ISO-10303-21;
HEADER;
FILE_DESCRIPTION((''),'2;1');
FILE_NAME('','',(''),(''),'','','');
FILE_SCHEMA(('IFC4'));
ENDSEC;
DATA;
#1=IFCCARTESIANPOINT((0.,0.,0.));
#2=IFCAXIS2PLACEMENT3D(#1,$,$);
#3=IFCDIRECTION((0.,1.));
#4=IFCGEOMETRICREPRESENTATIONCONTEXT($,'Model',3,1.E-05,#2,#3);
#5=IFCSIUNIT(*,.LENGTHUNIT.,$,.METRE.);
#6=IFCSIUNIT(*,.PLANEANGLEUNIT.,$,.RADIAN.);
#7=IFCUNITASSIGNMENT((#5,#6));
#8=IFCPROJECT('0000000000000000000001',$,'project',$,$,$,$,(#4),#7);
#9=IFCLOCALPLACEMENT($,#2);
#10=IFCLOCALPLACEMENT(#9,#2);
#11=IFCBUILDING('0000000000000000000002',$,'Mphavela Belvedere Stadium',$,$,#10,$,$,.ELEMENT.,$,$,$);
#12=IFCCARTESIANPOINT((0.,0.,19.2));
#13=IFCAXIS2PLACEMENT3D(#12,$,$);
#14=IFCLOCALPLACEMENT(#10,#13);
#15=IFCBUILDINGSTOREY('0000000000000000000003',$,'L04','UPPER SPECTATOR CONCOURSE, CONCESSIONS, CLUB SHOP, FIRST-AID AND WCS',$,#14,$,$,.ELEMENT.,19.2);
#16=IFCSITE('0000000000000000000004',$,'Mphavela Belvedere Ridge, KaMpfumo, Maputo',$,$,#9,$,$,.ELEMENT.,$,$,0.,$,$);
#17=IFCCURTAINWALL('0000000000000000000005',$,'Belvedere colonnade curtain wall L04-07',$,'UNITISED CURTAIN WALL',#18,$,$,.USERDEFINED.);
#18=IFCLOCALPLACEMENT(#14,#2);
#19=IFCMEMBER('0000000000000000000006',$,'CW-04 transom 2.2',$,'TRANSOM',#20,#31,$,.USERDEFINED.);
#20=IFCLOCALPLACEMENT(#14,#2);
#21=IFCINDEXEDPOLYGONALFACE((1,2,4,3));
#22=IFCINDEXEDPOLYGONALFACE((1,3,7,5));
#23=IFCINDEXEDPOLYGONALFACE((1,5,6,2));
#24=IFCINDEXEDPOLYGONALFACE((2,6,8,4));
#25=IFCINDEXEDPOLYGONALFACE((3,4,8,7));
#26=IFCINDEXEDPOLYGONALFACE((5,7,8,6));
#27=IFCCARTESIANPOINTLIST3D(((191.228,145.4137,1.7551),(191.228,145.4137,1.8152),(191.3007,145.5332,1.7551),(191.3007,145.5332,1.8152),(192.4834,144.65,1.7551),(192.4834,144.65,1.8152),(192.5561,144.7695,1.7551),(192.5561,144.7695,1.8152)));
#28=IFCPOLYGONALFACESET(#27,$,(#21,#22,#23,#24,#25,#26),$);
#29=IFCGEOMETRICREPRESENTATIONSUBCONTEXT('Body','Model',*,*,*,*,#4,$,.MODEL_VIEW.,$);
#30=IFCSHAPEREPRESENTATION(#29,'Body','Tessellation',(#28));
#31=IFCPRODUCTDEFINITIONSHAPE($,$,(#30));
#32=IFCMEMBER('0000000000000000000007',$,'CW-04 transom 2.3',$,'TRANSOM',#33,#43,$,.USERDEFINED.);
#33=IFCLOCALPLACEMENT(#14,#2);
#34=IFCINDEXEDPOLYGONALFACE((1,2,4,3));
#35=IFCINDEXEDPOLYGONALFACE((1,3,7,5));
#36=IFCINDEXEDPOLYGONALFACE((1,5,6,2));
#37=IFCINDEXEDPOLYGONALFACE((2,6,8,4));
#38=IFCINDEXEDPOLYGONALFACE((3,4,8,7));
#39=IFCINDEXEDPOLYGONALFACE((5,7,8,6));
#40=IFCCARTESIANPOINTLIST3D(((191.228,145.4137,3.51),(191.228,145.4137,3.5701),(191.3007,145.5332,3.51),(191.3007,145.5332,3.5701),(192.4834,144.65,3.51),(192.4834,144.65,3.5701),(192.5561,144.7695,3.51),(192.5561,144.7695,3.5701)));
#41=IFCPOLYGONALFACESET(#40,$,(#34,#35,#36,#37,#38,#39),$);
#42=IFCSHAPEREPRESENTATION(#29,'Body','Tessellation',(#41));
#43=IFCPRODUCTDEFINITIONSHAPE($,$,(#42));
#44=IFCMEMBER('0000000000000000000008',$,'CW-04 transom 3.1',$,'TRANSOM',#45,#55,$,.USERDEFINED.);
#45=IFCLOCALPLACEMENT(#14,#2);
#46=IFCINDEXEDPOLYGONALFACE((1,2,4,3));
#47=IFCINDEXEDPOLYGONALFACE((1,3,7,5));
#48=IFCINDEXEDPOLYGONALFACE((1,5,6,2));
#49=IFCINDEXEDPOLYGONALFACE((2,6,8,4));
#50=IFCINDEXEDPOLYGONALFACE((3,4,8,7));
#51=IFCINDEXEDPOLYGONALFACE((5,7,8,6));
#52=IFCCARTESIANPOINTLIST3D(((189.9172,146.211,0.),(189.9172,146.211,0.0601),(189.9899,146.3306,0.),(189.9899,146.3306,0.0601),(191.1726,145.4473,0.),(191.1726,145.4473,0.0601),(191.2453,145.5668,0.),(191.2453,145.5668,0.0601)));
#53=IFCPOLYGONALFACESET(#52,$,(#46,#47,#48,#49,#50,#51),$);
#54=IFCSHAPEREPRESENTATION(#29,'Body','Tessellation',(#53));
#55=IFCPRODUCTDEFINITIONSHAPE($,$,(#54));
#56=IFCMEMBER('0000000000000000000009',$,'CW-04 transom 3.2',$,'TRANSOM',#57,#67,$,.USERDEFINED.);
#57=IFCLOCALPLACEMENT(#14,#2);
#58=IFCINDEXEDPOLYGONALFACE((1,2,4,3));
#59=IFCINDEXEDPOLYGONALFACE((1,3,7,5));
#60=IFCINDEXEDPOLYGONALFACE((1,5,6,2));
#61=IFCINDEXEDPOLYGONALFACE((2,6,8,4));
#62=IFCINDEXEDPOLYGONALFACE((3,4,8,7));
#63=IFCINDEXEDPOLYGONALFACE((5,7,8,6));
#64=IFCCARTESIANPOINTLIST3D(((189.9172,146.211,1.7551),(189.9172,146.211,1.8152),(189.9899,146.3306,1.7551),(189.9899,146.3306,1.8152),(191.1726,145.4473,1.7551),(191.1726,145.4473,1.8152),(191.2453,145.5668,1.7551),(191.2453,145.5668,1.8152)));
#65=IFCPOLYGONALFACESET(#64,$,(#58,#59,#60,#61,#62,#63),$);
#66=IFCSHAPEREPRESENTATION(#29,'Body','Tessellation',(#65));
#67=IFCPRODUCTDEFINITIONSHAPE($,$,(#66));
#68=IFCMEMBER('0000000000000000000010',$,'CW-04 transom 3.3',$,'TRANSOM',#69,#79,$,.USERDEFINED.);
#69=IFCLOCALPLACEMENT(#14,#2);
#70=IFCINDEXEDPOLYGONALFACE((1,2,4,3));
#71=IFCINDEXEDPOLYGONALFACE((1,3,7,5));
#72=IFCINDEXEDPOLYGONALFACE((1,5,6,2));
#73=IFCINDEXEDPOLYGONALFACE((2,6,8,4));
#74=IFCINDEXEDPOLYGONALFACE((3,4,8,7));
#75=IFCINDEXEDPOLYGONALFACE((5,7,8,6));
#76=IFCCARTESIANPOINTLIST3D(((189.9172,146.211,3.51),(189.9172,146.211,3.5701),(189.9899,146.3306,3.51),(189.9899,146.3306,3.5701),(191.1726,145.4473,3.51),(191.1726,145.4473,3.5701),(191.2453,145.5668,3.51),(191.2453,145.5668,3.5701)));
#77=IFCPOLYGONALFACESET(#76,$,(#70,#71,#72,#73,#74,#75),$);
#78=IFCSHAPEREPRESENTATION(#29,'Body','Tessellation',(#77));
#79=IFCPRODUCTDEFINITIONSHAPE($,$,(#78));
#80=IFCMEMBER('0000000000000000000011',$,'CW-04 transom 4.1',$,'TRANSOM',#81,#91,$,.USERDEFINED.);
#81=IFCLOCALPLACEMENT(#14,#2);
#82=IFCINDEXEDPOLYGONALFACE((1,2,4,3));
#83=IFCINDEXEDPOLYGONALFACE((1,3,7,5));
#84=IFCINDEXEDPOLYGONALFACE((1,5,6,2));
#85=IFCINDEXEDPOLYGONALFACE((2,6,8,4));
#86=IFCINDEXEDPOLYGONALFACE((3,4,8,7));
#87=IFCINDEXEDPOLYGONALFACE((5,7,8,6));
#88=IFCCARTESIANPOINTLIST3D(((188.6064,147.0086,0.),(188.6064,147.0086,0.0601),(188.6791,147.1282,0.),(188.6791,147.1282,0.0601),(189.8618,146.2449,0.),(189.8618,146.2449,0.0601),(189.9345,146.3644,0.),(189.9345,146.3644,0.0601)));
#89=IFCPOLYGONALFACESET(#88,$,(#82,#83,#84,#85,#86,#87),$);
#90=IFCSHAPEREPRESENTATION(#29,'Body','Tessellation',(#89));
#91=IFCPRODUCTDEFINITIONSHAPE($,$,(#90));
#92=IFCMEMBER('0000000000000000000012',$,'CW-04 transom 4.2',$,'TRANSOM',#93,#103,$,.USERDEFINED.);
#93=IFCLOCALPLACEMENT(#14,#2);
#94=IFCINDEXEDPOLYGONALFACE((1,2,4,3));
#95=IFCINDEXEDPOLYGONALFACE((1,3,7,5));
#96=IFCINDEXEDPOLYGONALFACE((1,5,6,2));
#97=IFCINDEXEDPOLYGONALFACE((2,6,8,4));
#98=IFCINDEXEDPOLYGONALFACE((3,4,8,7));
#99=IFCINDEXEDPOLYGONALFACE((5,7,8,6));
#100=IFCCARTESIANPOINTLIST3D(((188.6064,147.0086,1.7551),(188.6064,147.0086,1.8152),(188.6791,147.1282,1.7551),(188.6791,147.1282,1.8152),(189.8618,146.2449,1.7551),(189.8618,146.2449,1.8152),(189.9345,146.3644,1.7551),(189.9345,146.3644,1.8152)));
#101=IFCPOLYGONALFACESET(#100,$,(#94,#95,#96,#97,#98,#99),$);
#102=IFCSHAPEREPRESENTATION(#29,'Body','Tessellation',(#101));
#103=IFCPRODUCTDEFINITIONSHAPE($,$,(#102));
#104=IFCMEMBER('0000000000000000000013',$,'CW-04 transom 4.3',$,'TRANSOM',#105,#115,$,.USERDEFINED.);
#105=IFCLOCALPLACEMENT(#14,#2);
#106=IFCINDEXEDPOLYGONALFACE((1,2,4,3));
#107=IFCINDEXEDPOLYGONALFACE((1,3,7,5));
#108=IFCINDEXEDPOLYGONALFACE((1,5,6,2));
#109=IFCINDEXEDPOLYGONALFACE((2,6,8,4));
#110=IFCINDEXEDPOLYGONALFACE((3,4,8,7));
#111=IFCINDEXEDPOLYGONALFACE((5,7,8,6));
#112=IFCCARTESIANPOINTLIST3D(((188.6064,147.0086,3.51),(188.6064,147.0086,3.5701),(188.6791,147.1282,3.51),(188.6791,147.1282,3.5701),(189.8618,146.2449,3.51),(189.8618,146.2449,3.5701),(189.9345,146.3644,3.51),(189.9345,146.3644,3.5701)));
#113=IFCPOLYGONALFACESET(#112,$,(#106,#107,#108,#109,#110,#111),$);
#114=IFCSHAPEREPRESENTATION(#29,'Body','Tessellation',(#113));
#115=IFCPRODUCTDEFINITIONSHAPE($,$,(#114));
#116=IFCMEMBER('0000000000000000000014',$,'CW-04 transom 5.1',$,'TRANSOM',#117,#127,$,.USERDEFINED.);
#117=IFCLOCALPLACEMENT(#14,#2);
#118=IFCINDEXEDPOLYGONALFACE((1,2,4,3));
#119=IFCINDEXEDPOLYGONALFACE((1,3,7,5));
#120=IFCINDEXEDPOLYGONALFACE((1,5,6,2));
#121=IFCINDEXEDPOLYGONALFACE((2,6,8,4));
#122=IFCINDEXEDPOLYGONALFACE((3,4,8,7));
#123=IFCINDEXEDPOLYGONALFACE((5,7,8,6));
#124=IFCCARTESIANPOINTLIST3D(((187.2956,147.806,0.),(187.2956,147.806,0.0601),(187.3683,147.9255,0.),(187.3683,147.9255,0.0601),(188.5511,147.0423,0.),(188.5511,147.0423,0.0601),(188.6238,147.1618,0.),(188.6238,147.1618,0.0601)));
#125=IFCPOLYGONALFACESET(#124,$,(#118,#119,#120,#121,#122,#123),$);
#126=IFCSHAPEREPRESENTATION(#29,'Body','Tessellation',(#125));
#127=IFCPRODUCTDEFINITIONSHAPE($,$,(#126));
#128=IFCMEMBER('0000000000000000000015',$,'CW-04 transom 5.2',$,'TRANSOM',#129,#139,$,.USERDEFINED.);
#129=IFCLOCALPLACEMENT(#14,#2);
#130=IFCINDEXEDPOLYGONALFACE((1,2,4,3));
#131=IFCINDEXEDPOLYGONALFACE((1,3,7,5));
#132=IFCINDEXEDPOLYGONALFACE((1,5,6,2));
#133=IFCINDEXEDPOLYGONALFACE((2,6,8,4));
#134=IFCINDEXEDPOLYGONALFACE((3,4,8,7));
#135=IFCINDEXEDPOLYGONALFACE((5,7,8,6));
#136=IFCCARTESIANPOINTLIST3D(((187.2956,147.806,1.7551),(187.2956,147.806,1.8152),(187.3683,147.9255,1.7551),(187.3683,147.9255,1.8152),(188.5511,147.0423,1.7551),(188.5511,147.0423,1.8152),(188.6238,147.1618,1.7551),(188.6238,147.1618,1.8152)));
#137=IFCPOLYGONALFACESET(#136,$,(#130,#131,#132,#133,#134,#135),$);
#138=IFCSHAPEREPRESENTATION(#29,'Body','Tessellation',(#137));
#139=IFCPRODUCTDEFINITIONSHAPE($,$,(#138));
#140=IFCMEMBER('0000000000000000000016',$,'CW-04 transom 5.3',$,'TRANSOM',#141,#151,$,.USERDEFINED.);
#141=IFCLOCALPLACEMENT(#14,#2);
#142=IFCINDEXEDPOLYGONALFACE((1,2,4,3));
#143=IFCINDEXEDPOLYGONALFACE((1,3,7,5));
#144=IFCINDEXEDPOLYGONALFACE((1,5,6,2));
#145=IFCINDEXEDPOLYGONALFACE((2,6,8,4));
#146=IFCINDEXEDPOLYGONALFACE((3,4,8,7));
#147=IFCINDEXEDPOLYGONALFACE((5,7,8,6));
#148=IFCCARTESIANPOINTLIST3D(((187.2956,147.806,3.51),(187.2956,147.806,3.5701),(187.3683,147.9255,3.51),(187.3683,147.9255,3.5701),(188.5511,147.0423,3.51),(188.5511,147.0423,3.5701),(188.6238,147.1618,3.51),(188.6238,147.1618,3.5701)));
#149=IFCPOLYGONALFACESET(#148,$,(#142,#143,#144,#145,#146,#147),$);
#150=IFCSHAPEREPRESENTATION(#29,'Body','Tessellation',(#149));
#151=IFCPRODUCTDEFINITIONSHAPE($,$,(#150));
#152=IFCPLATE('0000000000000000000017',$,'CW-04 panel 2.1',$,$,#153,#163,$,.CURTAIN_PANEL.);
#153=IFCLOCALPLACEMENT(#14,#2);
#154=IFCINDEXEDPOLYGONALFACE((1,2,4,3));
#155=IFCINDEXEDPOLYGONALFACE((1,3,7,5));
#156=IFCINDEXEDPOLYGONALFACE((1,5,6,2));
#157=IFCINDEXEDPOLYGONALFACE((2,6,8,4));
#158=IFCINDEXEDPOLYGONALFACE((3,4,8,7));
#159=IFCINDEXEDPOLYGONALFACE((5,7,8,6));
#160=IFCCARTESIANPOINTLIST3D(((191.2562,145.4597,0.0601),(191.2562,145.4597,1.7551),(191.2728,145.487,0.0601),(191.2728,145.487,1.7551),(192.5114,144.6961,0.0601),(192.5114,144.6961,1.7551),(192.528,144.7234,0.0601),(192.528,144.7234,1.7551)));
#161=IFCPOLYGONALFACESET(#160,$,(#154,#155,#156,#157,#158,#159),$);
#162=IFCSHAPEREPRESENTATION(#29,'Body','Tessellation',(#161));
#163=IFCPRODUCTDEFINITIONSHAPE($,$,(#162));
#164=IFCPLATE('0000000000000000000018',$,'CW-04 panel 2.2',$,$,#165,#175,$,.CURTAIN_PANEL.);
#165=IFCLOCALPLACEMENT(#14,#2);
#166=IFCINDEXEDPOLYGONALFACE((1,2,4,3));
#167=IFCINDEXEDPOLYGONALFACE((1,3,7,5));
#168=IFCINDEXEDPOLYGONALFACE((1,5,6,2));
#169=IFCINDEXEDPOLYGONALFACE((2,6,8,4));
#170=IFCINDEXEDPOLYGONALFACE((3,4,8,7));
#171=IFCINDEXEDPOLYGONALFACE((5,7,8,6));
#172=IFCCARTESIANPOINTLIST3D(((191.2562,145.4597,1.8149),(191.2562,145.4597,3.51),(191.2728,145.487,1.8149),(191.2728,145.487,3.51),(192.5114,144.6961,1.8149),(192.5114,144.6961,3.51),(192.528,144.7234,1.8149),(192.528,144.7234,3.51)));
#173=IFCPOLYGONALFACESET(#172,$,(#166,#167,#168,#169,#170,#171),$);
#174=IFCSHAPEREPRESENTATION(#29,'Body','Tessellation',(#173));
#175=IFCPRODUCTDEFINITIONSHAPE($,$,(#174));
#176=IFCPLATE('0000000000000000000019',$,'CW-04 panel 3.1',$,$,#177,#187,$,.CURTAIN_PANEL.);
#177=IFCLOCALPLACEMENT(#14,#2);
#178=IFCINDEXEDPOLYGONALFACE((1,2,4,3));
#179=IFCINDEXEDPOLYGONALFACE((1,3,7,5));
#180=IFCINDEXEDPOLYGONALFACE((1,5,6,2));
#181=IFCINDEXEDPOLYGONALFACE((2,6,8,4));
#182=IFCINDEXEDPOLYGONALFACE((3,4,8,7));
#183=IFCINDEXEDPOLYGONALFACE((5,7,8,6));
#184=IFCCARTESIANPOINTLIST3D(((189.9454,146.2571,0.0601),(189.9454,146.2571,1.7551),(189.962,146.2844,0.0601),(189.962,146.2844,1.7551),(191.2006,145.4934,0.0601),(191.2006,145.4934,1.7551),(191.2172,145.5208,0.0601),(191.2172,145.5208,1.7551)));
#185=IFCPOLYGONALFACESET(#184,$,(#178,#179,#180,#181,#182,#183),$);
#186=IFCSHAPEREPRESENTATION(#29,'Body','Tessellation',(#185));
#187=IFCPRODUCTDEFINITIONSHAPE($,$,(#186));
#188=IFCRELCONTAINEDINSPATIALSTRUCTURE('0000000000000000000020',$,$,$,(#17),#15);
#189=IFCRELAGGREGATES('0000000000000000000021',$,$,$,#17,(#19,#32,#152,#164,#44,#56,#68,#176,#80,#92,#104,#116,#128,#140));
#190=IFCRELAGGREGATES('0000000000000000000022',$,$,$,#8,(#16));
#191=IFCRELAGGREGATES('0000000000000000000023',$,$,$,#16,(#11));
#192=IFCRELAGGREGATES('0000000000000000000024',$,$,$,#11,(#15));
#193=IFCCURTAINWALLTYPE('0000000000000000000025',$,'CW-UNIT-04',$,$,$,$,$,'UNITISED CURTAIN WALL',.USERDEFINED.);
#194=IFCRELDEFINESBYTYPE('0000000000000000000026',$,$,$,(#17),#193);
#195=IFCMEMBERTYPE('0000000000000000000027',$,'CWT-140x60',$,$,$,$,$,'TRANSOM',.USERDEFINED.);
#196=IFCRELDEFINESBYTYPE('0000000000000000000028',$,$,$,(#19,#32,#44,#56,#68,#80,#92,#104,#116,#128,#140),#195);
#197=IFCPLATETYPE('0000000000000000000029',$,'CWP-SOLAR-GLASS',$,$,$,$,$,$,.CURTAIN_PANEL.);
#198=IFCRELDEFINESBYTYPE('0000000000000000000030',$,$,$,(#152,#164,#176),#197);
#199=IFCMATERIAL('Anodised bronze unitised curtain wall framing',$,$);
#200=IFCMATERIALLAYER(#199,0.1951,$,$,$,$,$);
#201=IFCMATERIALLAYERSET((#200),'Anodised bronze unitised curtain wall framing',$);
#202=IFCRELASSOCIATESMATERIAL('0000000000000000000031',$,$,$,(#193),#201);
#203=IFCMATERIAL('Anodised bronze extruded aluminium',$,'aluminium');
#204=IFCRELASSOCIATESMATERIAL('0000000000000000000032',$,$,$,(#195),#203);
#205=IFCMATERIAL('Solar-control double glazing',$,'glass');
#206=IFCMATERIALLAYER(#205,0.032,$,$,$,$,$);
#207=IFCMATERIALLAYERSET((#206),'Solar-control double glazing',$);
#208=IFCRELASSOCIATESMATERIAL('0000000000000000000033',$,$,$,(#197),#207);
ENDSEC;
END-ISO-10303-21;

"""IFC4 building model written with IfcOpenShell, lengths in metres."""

from ifc_helpers import new_model, si_unit, direction, frame, origin, origin_2d, place, context, subcontext, project, spatial, rectangle, extrude, material, layer, layer_set, material_profile, profile_set, type_object, element, aggregate, save


model = new_model("IFC4")

# Units and contexts
model_context = context("Model", 3, precision=1e-05, world=origin(), true_north=direction((0.0, 1.0)))
body_context = subcontext(model_context, "Body", "Model", "MODEL_VIEW")
ifc_project = project(units=[si_unit("LENGTHUNIT", "METRE"), si_unit("PLANEANGLEUNIT", "RADIAN")], contexts=[model_context])

# Site, building, storey
site_placement = place(None, origin())
site = spatial("IfcSite", under=ifc_project, at=site_placement, Name="Mphavela Belvedere Ridge, KaMpfumo, Maputo", CompositionType="ELEMENT", RefElevation=0.0)
building_placement = place(site_placement, origin())
building = spatial("IfcBuilding", under=site, at=building_placement, Name="Mphavela Belvedere Stadium", CompositionType="ELEMENT")
storey_placement = place(building_placement, frame((0.0, 0.0, 19.2)))
storey = spatial("IfcBuildingStorey", under=building, at=storey_placement, Name="L04", Description="UPPER SPECTATOR CONCOURSE, CONCESSIONS, CLUB SHOP, FIRST-AID AND WCS", CompositionType="ELEMENT", Elevation=19.2)

# Curtain wall, members, plates
ifc_material_1 = material(Name="Anodised bronze unitised curtain wall framing")
ifc_layer_1 = layer(ifc_material_1, 0.1951)
ifc_layer_set_1 = layer_set([ifc_layer_1], Name="Anodised bronze unitised curtain wall framing")
curtain_wall_type = type_object("IfcCurtainWallType", Name="CW-UNIT-04", ElementType="UNITISED CURTAIN WALL", PredefinedType="USERDEFINED", material=ifc_layer_set_1)
curtain_wall_placement = place(storey_placement, origin())
curtain_wall = element("IfcCurtainWall", 1, at=curtain_wall_placement, inside=storey, type_object=curtain_wall_type, Name="Belvedere colonnade curtain wall L04-07", ObjectType="UNITISED CURTAIN WALL", PredefinedType="USERDEFINED")
ifc_material_2 = material(Name="Anodised bronze extruded aluminium", Category="aluminium")
ifc_material_profile_1 = material_profile(ifc_material_2, rectangle(XDim=0.1399, YDim=0.0601, at=origin_2d()), Name="CW-TRN 140x60")
ifc_profile_set_1 = profile_set([ifc_material_profile_1], Name="Anodised bronze extruded aluminium")
member_type_1 = type_object("IfcMemberType", Name="CWT-140x60", ElementType="TRANSOM", PredefinedType="USERDEFINED", material=ifc_profile_set_1)
member_1_placement = place(storey_placement, frame((192.5198, 144.7097, 1.7852), z_axis=(-0.85434, 0.519715, 0.0), x_axis=(-0.519715, -0.85434, 0.0)))
member_1 = element("IfcMember", 2, at=member_1_placement, type_object=member_type_1, Name="CW-04 transom 2.2", ObjectType="TRANSOM", PredefinedType="USERDEFINED", context=body_context, shape_type="SweptSolid", body=[
    extrude(rectangle(XDim=0.1399, YDim=0.0601, at=origin_2d()), origin(), (0.0, 0.0, 1.0), 1.4695),
])
member_2_placement = place(storey_placement, frame((192.5198, 144.7097, 3.54), z_axis=(-0.85434, 0.519715, 0.0), x_axis=(-0.519715, -0.85434, 0.0)))
member_2 = element("IfcMember", 3, at=member_2_placement, type_object=member_type_1, Name="CW-04 transom 2.3", ObjectType="TRANSOM", PredefinedType="USERDEFINED", context=body_context, shape_type="SweptSolid", body=[
    extrude(rectangle(XDim=0.1399, YDim=0.0601, at=origin_2d()), origin(), (0.0, 0.0, 1.0), 1.4695),
])
member_3_placement = place(storey_placement, frame((191.209, 145.5071, 0.03), z_axis=(-0.85434, 0.519715, 0.0), x_axis=(-0.519715, -0.85434, 0.0)))
member_3 = element("IfcMember", 4, at=member_3_placement, type_object=member_type_1, Name="CW-04 transom 3.1", ObjectType="TRANSOM", PredefinedType="USERDEFINED", context=body_context, shape_type="SweptSolid", body=[
    extrude(rectangle(XDim=0.1399, YDim=0.0601, at=origin_2d()), origin(), (0.0, 0.0, 1.0), 1.4695),
])
member_4_placement = place(storey_placement, frame((191.209, 145.5071, 1.7852), z_axis=(-0.85434, 0.519715, 0.0), x_axis=(-0.519715, -0.85434, 0.0)))
member_4 = element("IfcMember", 5, at=member_4_placement, type_object=member_type_1, Name="CW-04 transom 3.2", ObjectType="TRANSOM", PredefinedType="USERDEFINED", context=body_context, shape_type="SweptSolid", body=[
    extrude(rectangle(XDim=0.1399, YDim=0.0601, at=origin_2d()), origin(), (0.0, 0.0, 1.0), 1.4695),
])
member_5_placement = place(storey_placement, frame((191.209, 145.5071, 3.54), z_axis=(-0.85434, 0.519715, 0.0), x_axis=(-0.519715, -0.85434, 0.0)))
member_5 = element("IfcMember", 6, at=member_5_placement, type_object=member_type_1, Name="CW-04 transom 3.3", ObjectType="TRANSOM", PredefinedType="USERDEFINED", context=body_context, shape_type="SweptSolid", body=[
    extrude(rectangle(XDim=0.1399, YDim=0.0601, at=origin_2d()), origin(), (0.0, 0.0, 1.0), 1.4695),
])
member_6_placement = place(storey_placement, frame((189.8982, 146.3047, 0.03), z_axis=(-0.85434, 0.519715, 0.0), x_axis=(-0.519715, -0.85434, 0.0)))
member_6 = element("IfcMember", 7, at=member_6_placement, type_object=member_type_1, Name="CW-04 transom 4.1", ObjectType="TRANSOM", PredefinedType="USERDEFINED", context=body_context, shape_type="SweptSolid", body=[
    extrude(rectangle(XDim=0.1399, YDim=0.0601, at=origin_2d()), origin(), (0.0, 0.0, 1.0), 1.4695),
])
member_7_placement = place(storey_placement, frame((189.8982, 146.3047, 1.7852), z_axis=(-0.85434, 0.519715, 0.0), x_axis=(-0.519715, -0.85434, 0.0)))
member_7 = element("IfcMember", 8, at=member_7_placement, type_object=member_type_1, Name="CW-04 transom 4.2", ObjectType="TRANSOM", PredefinedType="USERDEFINED", context=body_context, shape_type="SweptSolid", body=[
    extrude(rectangle(XDim=0.1399, YDim=0.0601, at=origin_2d()), origin(), (0.0, 0.0, 1.0), 1.4695),
])
member_8_placement = place(storey_placement, frame((189.8982, 146.3047, 3.54), z_axis=(-0.85434, 0.519715, 0.0), x_axis=(-0.519715, -0.85434, 0.0)))
member_8 = element("IfcMember", 9, at=member_8_placement, type_object=member_type_1, Name="CW-04 transom 4.3", ObjectType="TRANSOM", PredefinedType="USERDEFINED", context=body_context, shape_type="SweptSolid", body=[
    extrude(rectangle(XDim=0.1399, YDim=0.0601, at=origin_2d()), origin(), (0.0, 0.0, 1.0), 1.4695),
])
member_9_placement = place(storey_placement, frame((188.5874, 147.1021, 0.03), z_axis=(-0.85434, 0.519715, 0.0), x_axis=(-0.519715, -0.85434, 0.0)))
member_9 = element("IfcMember", 10, at=member_9_placement, type_object=member_type_1, Name="CW-04 transom 5.1", ObjectType="TRANSOM", PredefinedType="USERDEFINED", context=body_context, shape_type="SweptSolid", body=[
    extrude(rectangle(XDim=0.1399, YDim=0.0601, at=origin_2d()), origin(), (0.0, 0.0, 1.0), 1.4695),
])
member_10_placement = place(storey_placement, frame((188.5874, 147.1021, 1.7852), z_axis=(-0.85434, 0.519715, 0.0), x_axis=(-0.519715, -0.85434, 0.0)))
member_10 = element("IfcMember", 11, at=member_10_placement, type_object=member_type_1, Name="CW-04 transom 5.2", ObjectType="TRANSOM", PredefinedType="USERDEFINED", context=body_context, shape_type="SweptSolid", body=[
    extrude(rectangle(XDim=0.1399, YDim=0.0601, at=origin_2d()), origin(), (0.0, 0.0, 1.0), 1.4695),
])
member_11_placement = place(storey_placement, frame((188.5874, 147.1021, 3.54), z_axis=(-0.85434, 0.519715, 0.0), x_axis=(-0.519715, -0.85434, 0.0)))
member_11 = element("IfcMember", 12, at=member_11_placement, type_object=member_type_1, Name="CW-04 transom 5.3", ObjectType="TRANSOM", PredefinedType="USERDEFINED", context=body_context, shape_type="SweptSolid", body=[
    extrude(rectangle(XDim=0.1399, YDim=0.0601, at=origin_2d()), origin(), (0.0, 0.0, 1.0), 1.4695),
])
ifc_material_3 = material(Name="Solar-control double glazing", Category="glass")
ifc_layer_2 = layer(ifc_material_3, 0.032)
ifc_layer_set_2 = layer_set([ifc_layer_2], Name="Solar-control double glazing")
plate_type = type_object("IfcPlateType", Name="CWP-SOLAR-GLASS", PredefinedType="CURTAIN_PANEL", material=ifc_layer_set_2)
plate_1_placement = place(storey_placement, frame((191.8921, 145.0916, 0.0601), z_axis=(0.0, 0.0, 1.0), x_axis=(-0.854327, 0.519735, 0.0)))
plate_1 = element("IfcPlate", 13, at=plate_1_placement, type_object=plate_type, Name="CW-04 panel 2.1", PredefinedType="CURTAIN_PANEL", context=body_context, shape_type="SweptSolid", body=[
    extrude(rectangle(XDim=1.4692, YDim=0.032, at=origin_2d()), origin(), (0.0, 0.0, 1.0), 1.6951),
])
plate_2_placement = place(storey_placement, frame((191.8921, 145.0916, 1.8149), z_axis=(0.0, 0.0, 1.0), x_axis=(-0.854327, 0.519735, 0.0)))
plate_2 = element("IfcPlate", 14, at=plate_2_placement, type_object=plate_type, Name="CW-04 panel 2.2", PredefinedType="CURTAIN_PANEL", context=body_context, shape_type="SweptSolid", body=[
    extrude(rectangle(XDim=1.4692, YDim=0.032, at=origin_2d()), origin(), (0.0, 0.0, 1.0), 1.6951),
])
plate_3_placement = place(storey_placement, frame((190.5813, 145.8889, 0.0601), z_axis=(0.0, 0.0, 1.0), x_axis=(-0.854327, 0.519735, 0.0)))
plate_3 = element("IfcPlate", 15, at=plate_3_placement, type_object=plate_type, Name="CW-04 panel 3.1", PredefinedType="CURTAIN_PANEL", context=body_context, shape_type="SweptSolid", body=[
    extrude(rectangle(XDim=1.4692, YDim=0.032, at=origin_2d()), origin(), (0.0, 0.0, 1.0), 1.6951),
])
aggregate(curtain_wall, [member_1, member_2, plate_1, plate_2, member_3, member_4, member_5, plate_3, member_6, member_7, member_8, member_9, member_10, member_11])

save(model, "model.ifc")
